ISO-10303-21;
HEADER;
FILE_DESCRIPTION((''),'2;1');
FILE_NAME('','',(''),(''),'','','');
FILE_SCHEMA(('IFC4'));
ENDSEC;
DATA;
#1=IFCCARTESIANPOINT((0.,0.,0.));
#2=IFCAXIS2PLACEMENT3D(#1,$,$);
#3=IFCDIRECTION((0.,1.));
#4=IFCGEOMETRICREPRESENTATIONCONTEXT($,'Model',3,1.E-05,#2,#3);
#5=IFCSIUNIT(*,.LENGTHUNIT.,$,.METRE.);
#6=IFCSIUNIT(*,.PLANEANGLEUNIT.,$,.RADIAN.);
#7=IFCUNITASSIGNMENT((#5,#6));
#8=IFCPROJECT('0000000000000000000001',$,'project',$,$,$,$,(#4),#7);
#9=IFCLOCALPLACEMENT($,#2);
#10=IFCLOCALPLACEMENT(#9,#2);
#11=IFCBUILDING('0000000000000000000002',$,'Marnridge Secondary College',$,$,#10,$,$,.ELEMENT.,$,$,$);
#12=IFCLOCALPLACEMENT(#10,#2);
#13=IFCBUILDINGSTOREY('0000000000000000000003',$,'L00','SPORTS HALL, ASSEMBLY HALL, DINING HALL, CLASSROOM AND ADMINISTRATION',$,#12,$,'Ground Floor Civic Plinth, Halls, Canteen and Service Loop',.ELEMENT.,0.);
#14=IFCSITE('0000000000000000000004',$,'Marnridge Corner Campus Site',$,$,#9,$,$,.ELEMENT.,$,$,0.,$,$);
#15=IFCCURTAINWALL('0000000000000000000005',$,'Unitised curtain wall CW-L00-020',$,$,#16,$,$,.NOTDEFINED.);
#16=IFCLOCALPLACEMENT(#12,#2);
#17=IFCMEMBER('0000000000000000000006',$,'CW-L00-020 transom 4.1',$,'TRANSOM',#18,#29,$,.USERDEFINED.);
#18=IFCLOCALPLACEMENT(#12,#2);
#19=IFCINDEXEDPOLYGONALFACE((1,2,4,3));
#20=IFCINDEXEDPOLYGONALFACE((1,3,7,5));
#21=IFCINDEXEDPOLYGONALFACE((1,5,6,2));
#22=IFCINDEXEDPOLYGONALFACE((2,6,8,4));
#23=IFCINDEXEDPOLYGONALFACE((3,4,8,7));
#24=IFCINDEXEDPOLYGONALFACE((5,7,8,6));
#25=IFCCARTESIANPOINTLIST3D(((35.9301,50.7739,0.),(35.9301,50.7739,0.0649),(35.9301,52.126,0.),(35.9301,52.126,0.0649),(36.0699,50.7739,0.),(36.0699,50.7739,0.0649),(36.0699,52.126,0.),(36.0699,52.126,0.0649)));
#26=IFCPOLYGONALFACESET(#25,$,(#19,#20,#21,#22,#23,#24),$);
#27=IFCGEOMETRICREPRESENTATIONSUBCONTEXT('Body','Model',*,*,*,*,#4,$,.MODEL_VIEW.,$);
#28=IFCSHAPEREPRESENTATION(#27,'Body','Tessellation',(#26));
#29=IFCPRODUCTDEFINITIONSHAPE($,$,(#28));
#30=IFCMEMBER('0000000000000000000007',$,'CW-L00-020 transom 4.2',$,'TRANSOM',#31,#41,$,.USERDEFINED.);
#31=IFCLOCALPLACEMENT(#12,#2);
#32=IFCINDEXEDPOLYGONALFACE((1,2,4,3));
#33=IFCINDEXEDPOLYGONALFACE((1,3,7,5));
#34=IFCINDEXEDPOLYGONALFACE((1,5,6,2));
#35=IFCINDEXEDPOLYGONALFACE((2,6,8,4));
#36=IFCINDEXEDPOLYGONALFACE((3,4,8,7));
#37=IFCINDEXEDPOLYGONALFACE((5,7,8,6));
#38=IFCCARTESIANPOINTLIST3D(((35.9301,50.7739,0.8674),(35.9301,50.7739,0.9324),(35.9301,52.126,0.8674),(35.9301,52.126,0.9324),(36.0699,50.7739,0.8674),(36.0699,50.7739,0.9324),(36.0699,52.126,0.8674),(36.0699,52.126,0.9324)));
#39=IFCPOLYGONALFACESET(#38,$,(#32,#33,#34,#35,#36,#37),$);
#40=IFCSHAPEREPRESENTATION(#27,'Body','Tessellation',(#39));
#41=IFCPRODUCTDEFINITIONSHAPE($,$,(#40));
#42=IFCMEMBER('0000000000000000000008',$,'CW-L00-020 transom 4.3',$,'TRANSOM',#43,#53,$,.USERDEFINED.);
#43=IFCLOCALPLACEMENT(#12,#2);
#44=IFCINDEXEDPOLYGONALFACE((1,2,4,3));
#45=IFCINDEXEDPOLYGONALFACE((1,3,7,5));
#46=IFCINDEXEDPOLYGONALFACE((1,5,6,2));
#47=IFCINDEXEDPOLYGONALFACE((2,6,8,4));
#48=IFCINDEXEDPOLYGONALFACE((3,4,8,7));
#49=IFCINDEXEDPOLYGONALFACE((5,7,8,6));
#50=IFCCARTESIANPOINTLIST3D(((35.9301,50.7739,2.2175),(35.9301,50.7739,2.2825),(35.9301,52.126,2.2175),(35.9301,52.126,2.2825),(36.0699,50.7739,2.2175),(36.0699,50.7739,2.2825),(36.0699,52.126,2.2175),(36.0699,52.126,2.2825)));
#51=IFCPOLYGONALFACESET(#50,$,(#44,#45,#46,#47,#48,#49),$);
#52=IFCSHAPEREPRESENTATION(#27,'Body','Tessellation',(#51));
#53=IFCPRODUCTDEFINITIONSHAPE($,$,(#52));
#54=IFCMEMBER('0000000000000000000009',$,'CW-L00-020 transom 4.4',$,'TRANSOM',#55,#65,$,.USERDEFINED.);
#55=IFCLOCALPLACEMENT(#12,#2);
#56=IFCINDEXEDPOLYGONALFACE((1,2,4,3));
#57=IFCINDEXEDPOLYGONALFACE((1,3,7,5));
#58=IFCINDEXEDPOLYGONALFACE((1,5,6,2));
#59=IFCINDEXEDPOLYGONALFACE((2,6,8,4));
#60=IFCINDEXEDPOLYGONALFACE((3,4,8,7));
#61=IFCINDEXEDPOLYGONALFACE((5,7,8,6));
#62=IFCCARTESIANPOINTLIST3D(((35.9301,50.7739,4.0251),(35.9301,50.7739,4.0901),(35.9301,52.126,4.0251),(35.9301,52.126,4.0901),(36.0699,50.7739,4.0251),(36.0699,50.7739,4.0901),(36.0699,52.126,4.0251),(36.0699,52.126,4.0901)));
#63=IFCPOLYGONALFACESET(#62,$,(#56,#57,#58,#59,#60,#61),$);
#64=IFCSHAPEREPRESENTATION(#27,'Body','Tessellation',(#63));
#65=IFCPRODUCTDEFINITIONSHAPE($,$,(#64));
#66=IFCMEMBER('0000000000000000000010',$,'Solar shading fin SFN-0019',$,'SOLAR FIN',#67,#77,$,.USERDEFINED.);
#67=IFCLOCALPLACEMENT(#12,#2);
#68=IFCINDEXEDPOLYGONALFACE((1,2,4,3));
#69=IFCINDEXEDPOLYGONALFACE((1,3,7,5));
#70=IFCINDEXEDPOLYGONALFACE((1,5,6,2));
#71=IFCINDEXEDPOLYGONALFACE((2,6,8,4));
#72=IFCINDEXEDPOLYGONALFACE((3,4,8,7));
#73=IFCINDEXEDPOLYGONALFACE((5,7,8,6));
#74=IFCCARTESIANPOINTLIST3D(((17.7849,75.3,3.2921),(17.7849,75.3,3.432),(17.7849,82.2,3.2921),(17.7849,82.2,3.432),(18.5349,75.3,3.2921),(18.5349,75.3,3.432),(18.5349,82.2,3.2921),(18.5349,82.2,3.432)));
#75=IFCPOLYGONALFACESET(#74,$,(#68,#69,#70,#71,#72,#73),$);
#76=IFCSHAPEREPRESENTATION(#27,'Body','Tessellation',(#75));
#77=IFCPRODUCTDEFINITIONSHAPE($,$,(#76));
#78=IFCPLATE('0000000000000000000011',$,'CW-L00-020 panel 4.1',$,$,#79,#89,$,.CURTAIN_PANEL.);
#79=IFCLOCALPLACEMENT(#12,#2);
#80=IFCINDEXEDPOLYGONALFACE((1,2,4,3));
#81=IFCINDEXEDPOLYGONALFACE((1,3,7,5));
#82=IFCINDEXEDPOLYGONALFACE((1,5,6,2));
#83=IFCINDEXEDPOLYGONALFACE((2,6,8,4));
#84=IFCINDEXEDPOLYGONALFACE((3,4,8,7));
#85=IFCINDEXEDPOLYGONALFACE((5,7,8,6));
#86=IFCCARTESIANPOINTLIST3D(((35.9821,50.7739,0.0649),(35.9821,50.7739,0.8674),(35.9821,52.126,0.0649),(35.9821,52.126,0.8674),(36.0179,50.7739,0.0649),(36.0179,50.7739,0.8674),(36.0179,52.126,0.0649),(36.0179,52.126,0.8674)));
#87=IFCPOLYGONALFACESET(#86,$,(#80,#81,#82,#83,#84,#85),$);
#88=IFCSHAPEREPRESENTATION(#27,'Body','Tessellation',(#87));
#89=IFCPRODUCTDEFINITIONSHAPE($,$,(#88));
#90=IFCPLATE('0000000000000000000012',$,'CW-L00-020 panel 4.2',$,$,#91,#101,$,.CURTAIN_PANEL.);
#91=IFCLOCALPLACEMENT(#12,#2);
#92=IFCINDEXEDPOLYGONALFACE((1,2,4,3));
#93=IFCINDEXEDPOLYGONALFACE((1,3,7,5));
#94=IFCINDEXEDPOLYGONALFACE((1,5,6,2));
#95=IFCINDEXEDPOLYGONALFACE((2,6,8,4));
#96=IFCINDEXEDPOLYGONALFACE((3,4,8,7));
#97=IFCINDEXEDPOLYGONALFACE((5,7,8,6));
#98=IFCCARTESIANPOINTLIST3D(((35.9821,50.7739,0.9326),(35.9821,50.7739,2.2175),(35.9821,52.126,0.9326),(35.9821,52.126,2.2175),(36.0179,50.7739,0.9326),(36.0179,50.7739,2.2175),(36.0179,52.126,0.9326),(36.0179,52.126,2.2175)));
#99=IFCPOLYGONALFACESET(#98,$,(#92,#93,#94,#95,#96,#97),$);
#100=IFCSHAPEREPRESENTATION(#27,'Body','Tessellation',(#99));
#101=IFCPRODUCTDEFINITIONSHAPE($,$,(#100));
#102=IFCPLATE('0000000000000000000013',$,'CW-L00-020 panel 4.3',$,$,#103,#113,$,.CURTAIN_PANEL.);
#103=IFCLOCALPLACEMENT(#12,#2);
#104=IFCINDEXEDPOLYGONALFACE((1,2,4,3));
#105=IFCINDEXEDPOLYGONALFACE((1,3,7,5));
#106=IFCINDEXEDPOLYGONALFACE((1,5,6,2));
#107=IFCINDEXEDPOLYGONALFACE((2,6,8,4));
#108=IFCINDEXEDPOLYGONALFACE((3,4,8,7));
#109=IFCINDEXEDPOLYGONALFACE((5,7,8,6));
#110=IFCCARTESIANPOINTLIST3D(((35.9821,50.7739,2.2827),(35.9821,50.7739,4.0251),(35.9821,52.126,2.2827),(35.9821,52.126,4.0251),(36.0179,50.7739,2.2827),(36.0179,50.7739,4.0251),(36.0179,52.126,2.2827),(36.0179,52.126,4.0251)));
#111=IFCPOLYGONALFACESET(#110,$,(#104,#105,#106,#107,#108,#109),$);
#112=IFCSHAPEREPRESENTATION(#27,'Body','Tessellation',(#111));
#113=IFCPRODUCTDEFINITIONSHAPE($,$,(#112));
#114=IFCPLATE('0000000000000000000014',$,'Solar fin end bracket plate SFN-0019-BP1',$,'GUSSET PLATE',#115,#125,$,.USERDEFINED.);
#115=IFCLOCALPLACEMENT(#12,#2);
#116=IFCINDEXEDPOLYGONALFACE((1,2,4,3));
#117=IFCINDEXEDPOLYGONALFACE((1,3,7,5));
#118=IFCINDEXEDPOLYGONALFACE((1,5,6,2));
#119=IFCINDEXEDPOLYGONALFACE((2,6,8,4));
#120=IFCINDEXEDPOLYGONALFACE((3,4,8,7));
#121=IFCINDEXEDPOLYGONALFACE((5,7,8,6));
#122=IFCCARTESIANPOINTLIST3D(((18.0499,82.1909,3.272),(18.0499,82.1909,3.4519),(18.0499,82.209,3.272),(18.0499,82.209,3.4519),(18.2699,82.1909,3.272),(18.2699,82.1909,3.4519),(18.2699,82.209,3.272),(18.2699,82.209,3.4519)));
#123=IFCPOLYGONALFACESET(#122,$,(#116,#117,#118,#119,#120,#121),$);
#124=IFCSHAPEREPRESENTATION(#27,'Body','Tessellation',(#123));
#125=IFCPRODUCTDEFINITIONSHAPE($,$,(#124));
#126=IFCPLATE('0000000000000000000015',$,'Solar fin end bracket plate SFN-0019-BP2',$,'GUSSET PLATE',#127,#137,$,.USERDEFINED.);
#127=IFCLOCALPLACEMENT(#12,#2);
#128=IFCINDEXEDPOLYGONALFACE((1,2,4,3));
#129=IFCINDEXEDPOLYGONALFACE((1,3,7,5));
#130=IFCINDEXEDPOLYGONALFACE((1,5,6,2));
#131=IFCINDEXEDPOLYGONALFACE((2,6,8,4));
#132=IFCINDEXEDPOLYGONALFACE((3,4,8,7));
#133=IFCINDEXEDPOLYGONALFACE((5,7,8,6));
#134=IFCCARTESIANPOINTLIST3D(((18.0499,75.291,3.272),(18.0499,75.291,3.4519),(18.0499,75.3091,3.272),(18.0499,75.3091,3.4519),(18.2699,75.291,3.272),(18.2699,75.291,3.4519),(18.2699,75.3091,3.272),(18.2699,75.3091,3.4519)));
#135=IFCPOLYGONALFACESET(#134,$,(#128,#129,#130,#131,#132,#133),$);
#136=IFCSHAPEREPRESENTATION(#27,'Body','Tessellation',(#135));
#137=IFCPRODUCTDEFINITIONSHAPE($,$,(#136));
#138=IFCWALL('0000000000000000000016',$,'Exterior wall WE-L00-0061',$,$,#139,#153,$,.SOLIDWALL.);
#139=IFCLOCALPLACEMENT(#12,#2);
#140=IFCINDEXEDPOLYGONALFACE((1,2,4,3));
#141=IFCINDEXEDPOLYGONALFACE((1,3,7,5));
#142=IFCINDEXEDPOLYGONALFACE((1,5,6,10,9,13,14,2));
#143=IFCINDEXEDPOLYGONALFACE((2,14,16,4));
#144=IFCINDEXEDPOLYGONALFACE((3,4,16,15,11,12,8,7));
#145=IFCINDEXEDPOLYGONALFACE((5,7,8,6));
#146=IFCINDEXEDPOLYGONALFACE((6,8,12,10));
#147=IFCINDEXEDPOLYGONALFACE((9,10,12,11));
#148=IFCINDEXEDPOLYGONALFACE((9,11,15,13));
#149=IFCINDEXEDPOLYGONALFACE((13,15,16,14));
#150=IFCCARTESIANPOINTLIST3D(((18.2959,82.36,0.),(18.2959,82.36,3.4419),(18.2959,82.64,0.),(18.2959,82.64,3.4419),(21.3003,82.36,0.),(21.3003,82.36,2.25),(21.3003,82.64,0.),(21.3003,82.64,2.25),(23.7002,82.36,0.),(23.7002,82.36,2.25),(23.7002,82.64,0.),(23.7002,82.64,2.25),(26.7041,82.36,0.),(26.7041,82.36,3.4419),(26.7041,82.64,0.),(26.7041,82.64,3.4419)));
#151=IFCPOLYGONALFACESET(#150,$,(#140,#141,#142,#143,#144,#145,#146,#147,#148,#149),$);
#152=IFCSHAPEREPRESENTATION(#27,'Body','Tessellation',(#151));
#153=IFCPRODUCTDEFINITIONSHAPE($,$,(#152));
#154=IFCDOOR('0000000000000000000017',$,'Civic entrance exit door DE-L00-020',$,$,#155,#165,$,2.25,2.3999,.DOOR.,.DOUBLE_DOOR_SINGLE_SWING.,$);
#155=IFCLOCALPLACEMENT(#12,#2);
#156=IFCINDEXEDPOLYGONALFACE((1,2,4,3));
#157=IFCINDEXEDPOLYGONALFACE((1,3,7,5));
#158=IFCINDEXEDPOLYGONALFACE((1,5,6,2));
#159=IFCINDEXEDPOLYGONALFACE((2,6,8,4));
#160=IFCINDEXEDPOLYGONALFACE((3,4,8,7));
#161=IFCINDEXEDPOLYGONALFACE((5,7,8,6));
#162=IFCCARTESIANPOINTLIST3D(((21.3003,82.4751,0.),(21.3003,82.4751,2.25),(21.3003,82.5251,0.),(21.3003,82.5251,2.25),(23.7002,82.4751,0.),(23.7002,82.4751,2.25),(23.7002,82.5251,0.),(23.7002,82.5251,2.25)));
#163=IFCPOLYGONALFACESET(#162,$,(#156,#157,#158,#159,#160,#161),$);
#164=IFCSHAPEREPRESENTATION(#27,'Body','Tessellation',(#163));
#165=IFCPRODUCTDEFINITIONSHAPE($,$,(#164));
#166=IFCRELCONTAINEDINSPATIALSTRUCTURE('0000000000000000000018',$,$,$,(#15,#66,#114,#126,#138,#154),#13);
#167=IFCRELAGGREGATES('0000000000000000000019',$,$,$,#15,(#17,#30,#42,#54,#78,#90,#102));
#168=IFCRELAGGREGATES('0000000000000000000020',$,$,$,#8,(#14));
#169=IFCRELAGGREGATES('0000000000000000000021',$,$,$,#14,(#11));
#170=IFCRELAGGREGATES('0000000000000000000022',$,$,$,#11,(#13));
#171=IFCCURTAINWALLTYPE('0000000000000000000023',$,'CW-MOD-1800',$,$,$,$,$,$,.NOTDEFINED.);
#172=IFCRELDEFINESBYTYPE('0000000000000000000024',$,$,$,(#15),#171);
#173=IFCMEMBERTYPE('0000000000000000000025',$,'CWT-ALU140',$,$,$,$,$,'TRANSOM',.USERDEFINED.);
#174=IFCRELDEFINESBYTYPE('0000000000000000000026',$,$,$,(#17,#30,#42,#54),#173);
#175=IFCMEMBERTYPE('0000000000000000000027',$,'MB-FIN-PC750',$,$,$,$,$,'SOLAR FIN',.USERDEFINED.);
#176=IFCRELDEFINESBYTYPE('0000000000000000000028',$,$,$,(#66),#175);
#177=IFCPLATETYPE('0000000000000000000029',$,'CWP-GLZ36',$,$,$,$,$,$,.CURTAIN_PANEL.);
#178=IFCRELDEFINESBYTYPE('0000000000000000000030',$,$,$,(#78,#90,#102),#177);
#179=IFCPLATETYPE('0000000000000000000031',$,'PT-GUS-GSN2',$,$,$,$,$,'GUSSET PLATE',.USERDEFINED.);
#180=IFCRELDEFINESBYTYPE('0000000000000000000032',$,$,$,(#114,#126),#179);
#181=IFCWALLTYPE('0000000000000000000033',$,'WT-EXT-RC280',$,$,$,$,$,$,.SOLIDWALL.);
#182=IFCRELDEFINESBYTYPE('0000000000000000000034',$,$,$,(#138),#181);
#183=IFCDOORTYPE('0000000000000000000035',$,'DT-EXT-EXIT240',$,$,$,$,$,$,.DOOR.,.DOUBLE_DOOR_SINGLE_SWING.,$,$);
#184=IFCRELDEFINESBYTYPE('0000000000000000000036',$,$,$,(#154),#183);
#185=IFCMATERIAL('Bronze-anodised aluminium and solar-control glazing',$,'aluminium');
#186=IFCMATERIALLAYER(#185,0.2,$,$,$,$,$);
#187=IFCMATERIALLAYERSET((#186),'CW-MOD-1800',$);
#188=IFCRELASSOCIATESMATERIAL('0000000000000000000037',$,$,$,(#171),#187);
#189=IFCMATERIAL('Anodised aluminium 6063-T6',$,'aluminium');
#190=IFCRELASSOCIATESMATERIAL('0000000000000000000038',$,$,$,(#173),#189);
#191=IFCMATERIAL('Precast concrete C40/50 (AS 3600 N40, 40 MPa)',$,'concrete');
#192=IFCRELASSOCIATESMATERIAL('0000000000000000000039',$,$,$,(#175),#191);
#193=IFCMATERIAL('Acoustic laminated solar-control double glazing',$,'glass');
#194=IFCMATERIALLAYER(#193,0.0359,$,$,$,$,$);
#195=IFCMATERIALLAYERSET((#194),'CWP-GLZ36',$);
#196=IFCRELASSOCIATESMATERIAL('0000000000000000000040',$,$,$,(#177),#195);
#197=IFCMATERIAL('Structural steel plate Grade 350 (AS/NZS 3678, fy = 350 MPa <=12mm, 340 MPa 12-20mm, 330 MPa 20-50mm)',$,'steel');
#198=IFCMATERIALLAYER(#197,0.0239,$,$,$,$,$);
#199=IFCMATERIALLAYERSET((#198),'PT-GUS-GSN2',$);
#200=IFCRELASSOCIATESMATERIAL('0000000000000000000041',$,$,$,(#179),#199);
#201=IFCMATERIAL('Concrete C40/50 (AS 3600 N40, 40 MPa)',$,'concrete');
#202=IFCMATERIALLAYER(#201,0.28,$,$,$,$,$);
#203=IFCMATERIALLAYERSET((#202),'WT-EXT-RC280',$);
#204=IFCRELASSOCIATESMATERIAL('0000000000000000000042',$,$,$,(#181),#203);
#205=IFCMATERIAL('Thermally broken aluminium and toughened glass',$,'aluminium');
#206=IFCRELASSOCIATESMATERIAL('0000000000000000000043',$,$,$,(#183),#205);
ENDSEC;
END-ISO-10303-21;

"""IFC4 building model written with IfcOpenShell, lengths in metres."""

from ifc_helpers import new_model, si_unit, direction, frame, frame_2d, origin, origin_2d, place, context, subcontext, project, spatial, rectangle, extrude, material, layer, layer_set, material_profile, profile_set, type_object, element, fill, aggregate, save


model = new_model("IFC4")

# Units and contexts
model_context = context("Model", 3, precision=1e-05, world=origin(), true_north=direction((0.0, 1.0)))
body_context = subcontext(model_context, "Body", "Model", "MODEL_VIEW")
ifc_project = project(units=[si_unit("LENGTHUNIT", "METRE"), si_unit("PLANEANGLEUNIT", "RADIAN")], contexts=[model_context])

# Site, building, storey
site_placement = place(None, origin())
site = spatial("IfcSite", under=ifc_project, at=site_placement, Name="Marnridge Corner Campus Site", CompositionType="ELEMENT", RefElevation=0.0)
building_placement = place(site_placement, origin())
building = spatial("IfcBuilding", under=site, at=building_placement, Name="Marnridge Secondary College", CompositionType="ELEMENT")
storey_placement = place(building_placement, origin())
storey = spatial("IfcBuildingStorey", under=building, at=storey_placement, Name="L00", Description="SPORTS HALL, ASSEMBLY HALL, DINING HALL, CLASSROOM AND ADMINISTRATION", LongName="Ground Floor Civic Plinth, Halls, Canteen and Service Loop", CompositionType="ELEMENT", Elevation=0.0)

# Curtain wall, members
ifc_material_1 = material(Name="Bronze-anodised aluminium and solar-control glazing", Category="aluminium")
ifc_layer_1 = layer(ifc_material_1, 0.2)
ifc_layer_set_1 = layer_set([ifc_layer_1], Name="CW-MOD-1800")
curtain_wall_type = type_object("IfcCurtainWallType", Name="CW-MOD-1800", PredefinedType="NOTDEFINED", material=ifc_layer_set_1)
curtain_wall_placement = place(storey_placement, origin())
curtain_wall = element("IfcCurtainWall", 1, at=curtain_wall_placement, inside=storey, type_object=curtain_wall_type, Name="Unitised curtain wall CW-L00-020", PredefinedType="NOTDEFINED")
ifc_material_2 = material(Name="Anodised aluminium 6063-T6", Category="aluminium")
ifc_material_profile_1 = material_profile(ifc_material_2, rectangle(XDim=0.0649, YDim=0.1399, at=origin_2d()), Name="ALU 65x140")
ifc_profile_set_1 = profile_set([ifc_material_profile_1], Name="Anodised aluminium 6063-T6")
member_type_1 = type_object("IfcMemberType", Name="CWT-ALU140", ElementType="TRANSOM", PredefinedType="USERDEFINED", material=ifc_profile_set_1)
member_1_placement = place(storey_placement, frame((36.0, 50.7739, 0.0325), z_axis=(0.0, 1.0, 0.0), x_axis=(0.0, 0.0, 1.0)))
member_1 = element("IfcMember", 2, at=member_1_placement, type_object=member_type_1, Name="CW-L00-020 transom 4.1", ObjectType="TRANSOM", PredefinedType="USERDEFINED", context=body_context, shape_type="SweptSolid", body=[
    extrude(rectangle(XDim=0.0649, YDim=0.1399, at=origin_2d()), origin(), (0.0, 0.0, 1.0), 1.3521),
])
member_2_placement = place(storey_placement, frame((36.0, 50.7739, 0.8999), z_axis=(0.0, 1.0, 0.0), x_axis=(0.0, 0.0, 1.0)))
member_2 = element("IfcMember", 3, at=member_2_placement, type_object=member_type_1, Name="CW-L00-020 transom 4.2", ObjectType="TRANSOM", PredefinedType="USERDEFINED", context=body_context, shape_type="SweptSolid", body=[
    extrude(rectangle(XDim=0.0649, YDim=0.1399, at=origin_2d()), origin(), (0.0, 0.0, 1.0), 1.3521),
])
member_3_placement = place(storey_placement, frame((36.0, 50.7739, 2.25), z_axis=(0.0, 1.0, 0.0), x_axis=(0.0, 0.0, 1.0)))
member_3 = element("IfcMember", 4, at=member_3_placement, type_object=member_type_1, Name="CW-L00-020 transom 4.3", ObjectType="TRANSOM", PredefinedType="USERDEFINED", context=body_context, shape_type="SweptSolid", body=[
    extrude(rectangle(XDim=0.0649, YDim=0.1399, at=origin_2d()), origin(), (0.0, 0.0, 1.0), 1.3521),
])
member_4_placement = place(storey_placement, frame((36.0, 50.7739, 4.0576), z_axis=(0.0, 1.0, 0.0), x_axis=(0.0, 0.0, 1.0)))
member_4 = element("IfcMember", 5, at=member_4_placement, type_object=member_type_1, Name="CW-L00-020 transom 4.4", ObjectType="TRANSOM", PredefinedType="USERDEFINED", context=body_context, shape_type="SweptSolid", body=[
    extrude(rectangle(XDim=0.0649, YDim=0.1399, at=origin_2d()), origin(), (0.0, 0.0, 1.0), 1.3521),
])

# Member
ifc_material_3 = material(Name="Precast concrete C40/50 (AS 3600 N40, 40 MPa)", Category="concrete")
ifc_material_profile_2 = material_profile(ifc_material_3, rectangle(XDim=0.1399, YDim=0.75, at=origin_2d()), Name="FIN PC 140x750")
ifc_profile_set_2 = profile_set([ifc_material_profile_2], Name="Precast concrete C40/50 (AS 3600 N40, 40 MPa)")
member_type_2 = type_object("IfcMemberType", Name="MB-FIN-PC750", ElementType="SOLAR FIN", PredefinedType="USERDEFINED", material=ifc_profile_set_2)
member_5_placement = place(storey_placement, frame((18.1599, 82.2, 3.3621), z_axis=(0.0, -1.0, 0.0), x_axis=(0.0, 0.0, 1.0)))
element("IfcMember", 6, at=member_5_placement, inside=storey, type_object=member_type_2, Name="Solar shading fin SFN-0019", ObjectType="SOLAR FIN", PredefinedType="USERDEFINED", context=body_context, shape_type="SweptSolid", body=[
    extrude(rectangle(XDim=0.1399, YDim=0.75, at=origin_2d()), origin(), (0.0, 0.0, 1.0), 6.8999),
])

# Plates
ifc_material_4 = material(Name="Acoustic laminated solar-control double glazing", Category="glass")
ifc_layer_2 = layer(ifc_material_4, 0.0359)
ifc_layer_set_2 = layer_set([ifc_layer_2], Name="CWP-GLZ36")
plate_type_1 = type_object("IfcPlateType", Name="CWP-GLZ36", PredefinedType="CURTAIN_PANEL", material=ifc_layer_set_2)
plate_1_placement = place(storey_placement, frame((36.0, 51.45, 0.0649), z_axis=(0.0, 0.0, 1.0), x_axis=(0.0, 1.0, 0.0)))
plate_1 = element("IfcPlate", 7, at=plate_1_placement, type_object=plate_type_1, Name="CW-L00-020 panel 4.1", PredefinedType="CURTAIN_PANEL", context=body_context, shape_type="SweptSolid", body=[
    extrude(rectangle(XDim=1.3521, YDim=0.0359, at=origin_2d()), origin(), (0.0, 0.0, 1.0), 0.8025),
])
plate_2_placement = place(storey_placement, frame((36.0, 51.45, 0.9326), z_axis=(0.0, 0.0, 1.0), x_axis=(0.0, 1.0, 0.0)))
plate_2 = element("IfcPlate", 8, at=plate_2_placement, type_object=plate_type_1, Name="CW-L00-020 panel 4.2", PredefinedType="CURTAIN_PANEL", context=body_context, shape_type="SweptSolid", body=[
    extrude(rectangle(XDim=1.3521, YDim=0.0359, at=origin_2d()), origin(), (0.0, 0.0, 1.0), 1.2849),
])
plate_3_placement = place(storey_placement, frame((36.0, 51.45, 2.2827), z_axis=(0.0, 0.0, 1.0), x_axis=(0.0, 1.0, 0.0)))
plate_3 = element("IfcPlate", 9, at=plate_3_placement, type_object=plate_type_1, Name="CW-L00-020 panel 4.3", PredefinedType="CURTAIN_PANEL", context=body_context, shape_type="SweptSolid", body=[
    extrude(rectangle(XDim=1.3521, YDim=0.0359, at=origin_2d()), origin(), (0.0, 0.0, 1.0), 1.7424),
])
aggregate(curtain_wall, [member_1, member_2, member_3, member_4, plate_1, plate_2, plate_3])

# Plates
ifc_material_5 = material(Name="Structural steel plate Grade 350 (AS/NZS 3678, fy = 350 MPa <=12mm, 340 MPa 12-20mm, 330 MPa 20-50mm)", Category="steel")
ifc_layer_3 = layer(ifc_material_5, 0.0239)
ifc_layer_set_3 = layer_set([ifc_layer_3], Name="PT-GUS-GSN2")
plate_type_2 = type_object("IfcPlateType", Name="PT-GUS-GSN2", ElementType="GUSSET PLATE", PredefinedType="USERDEFINED", material=ifc_layer_set_3)
for number, where, z_axis, x_axis, name in (
    (10, (18.1599, 82.2, 3.272), (0.0, 0.0, 1.0), (1.0, 0.0, 0.0), "Solar fin end bracket plate SFN-0019-BP1"),
    (11, (18.1599, 75.3, 3.272), (0.0, 0.0, 1.0), (1.0, 0.0, 0.0), "Solar fin end bracket plate SFN-0019-BP2"),
):
    element("IfcPlate", number, at=place(storey_placement, frame(where, z_axis=z_axis, x_axis=x_axis)), inside=storey, type_object=plate_type_2, Name=name, ObjectType="GUSSET PLATE", PredefinedType="USERDEFINED", context=body_context, shape_type="SweptSolid", body=[
        extrude(rectangle(XDim=0.22, YDim=0.0181, at=origin_2d()), origin(), (0.0, 0.0, 1.0), 0.1799),
    ])

# Wall, opening, door
ifc_material_6 = material(Name="Concrete C40/50 (AS 3600 N40, 40 MPa)", Category="concrete")
ifc_layer_4 = layer(ifc_material_6, 0.28)
ifc_layer_set_4 = layer_set([ifc_layer_4], Name="WT-EXT-RC280")
wall_type = type_object("IfcWallType", Name="WT-EXT-RC280", PredefinedType="SOLIDWALL", material=ifc_layer_set_4)
wall_placement = place(storey_placement, frame((26.7041, 82.5, 0.0), z_axis=(0.0, 0.0, 1.0), x_axis=(-1.0, 0.0, 0.0)))
wall = element("IfcWall", 12, at=wall_placement, inside=storey, type_object=wall_type, Name="Exterior wall WE-L00-0061", PredefinedType="SOLIDWALL", context=body_context, shape_type="SweptSolid", body=[
    extrude(rectangle(XDim=8.4082, YDim=0.28, at=frame_2d((4.2041, 0.0))), origin(), (0.0, 0.0, 1.0), 3.4419),
])
opening_placement = place(wall_placement, frame((3.0039, 0.0, 0.0)))
opening = element("IfcOpeningElement", 13, at=opening_placement, cuts=wall, PredefinedType="OPENING", context=body_context, shape_type="SweptSolid", body=[
    extrude(rectangle(XDim=2.3999, YDim=2.25, at=frame_2d((1.2, 1.125))), frame((0.0, 0.1499, 0.0), z_axis=(0.0, -1.0, 0.0), x_axis=(1.0, 0.0, 0.0)), (0.0, 0.0, 1.0), 0.3),
])
ifc_material_7 = material(Name="Thermally broken aluminium and toughened glass", Category="aluminium")
door_type = type_object("IfcDoorType", Name="DT-EXT-EXIT240", OperationType="DOUBLE_DOOR_SINGLE_SWING", PredefinedType="DOOR", material=ifc_material_7)
door_placement = place(opening_placement, origin())
door = element("IfcDoor", 14, at=door_placement, inside=storey, type_object=door_type, Name="Civic entrance exit door DE-L00-020", OperationType="DOUBLE_DOOR_SINGLE_SWING", OverallHeight=2.25, OverallWidth=2.3999, PredefinedType="DOOR", context=body_context, shape_type="SweptSolid", body=[
    extrude(rectangle(XDim=2.3999, YDim=2.25, at=frame_2d((1.2, 1.125))), frame((0.0, 0.0249, 0.0), z_axis=(0.0, -1.0, 0.0), x_axis=(1.0, 0.0, 0.0)), (0.0, 0.0, 1.0), 0.05),
])
fill(opening, door)

save(model, "model.ifc")
